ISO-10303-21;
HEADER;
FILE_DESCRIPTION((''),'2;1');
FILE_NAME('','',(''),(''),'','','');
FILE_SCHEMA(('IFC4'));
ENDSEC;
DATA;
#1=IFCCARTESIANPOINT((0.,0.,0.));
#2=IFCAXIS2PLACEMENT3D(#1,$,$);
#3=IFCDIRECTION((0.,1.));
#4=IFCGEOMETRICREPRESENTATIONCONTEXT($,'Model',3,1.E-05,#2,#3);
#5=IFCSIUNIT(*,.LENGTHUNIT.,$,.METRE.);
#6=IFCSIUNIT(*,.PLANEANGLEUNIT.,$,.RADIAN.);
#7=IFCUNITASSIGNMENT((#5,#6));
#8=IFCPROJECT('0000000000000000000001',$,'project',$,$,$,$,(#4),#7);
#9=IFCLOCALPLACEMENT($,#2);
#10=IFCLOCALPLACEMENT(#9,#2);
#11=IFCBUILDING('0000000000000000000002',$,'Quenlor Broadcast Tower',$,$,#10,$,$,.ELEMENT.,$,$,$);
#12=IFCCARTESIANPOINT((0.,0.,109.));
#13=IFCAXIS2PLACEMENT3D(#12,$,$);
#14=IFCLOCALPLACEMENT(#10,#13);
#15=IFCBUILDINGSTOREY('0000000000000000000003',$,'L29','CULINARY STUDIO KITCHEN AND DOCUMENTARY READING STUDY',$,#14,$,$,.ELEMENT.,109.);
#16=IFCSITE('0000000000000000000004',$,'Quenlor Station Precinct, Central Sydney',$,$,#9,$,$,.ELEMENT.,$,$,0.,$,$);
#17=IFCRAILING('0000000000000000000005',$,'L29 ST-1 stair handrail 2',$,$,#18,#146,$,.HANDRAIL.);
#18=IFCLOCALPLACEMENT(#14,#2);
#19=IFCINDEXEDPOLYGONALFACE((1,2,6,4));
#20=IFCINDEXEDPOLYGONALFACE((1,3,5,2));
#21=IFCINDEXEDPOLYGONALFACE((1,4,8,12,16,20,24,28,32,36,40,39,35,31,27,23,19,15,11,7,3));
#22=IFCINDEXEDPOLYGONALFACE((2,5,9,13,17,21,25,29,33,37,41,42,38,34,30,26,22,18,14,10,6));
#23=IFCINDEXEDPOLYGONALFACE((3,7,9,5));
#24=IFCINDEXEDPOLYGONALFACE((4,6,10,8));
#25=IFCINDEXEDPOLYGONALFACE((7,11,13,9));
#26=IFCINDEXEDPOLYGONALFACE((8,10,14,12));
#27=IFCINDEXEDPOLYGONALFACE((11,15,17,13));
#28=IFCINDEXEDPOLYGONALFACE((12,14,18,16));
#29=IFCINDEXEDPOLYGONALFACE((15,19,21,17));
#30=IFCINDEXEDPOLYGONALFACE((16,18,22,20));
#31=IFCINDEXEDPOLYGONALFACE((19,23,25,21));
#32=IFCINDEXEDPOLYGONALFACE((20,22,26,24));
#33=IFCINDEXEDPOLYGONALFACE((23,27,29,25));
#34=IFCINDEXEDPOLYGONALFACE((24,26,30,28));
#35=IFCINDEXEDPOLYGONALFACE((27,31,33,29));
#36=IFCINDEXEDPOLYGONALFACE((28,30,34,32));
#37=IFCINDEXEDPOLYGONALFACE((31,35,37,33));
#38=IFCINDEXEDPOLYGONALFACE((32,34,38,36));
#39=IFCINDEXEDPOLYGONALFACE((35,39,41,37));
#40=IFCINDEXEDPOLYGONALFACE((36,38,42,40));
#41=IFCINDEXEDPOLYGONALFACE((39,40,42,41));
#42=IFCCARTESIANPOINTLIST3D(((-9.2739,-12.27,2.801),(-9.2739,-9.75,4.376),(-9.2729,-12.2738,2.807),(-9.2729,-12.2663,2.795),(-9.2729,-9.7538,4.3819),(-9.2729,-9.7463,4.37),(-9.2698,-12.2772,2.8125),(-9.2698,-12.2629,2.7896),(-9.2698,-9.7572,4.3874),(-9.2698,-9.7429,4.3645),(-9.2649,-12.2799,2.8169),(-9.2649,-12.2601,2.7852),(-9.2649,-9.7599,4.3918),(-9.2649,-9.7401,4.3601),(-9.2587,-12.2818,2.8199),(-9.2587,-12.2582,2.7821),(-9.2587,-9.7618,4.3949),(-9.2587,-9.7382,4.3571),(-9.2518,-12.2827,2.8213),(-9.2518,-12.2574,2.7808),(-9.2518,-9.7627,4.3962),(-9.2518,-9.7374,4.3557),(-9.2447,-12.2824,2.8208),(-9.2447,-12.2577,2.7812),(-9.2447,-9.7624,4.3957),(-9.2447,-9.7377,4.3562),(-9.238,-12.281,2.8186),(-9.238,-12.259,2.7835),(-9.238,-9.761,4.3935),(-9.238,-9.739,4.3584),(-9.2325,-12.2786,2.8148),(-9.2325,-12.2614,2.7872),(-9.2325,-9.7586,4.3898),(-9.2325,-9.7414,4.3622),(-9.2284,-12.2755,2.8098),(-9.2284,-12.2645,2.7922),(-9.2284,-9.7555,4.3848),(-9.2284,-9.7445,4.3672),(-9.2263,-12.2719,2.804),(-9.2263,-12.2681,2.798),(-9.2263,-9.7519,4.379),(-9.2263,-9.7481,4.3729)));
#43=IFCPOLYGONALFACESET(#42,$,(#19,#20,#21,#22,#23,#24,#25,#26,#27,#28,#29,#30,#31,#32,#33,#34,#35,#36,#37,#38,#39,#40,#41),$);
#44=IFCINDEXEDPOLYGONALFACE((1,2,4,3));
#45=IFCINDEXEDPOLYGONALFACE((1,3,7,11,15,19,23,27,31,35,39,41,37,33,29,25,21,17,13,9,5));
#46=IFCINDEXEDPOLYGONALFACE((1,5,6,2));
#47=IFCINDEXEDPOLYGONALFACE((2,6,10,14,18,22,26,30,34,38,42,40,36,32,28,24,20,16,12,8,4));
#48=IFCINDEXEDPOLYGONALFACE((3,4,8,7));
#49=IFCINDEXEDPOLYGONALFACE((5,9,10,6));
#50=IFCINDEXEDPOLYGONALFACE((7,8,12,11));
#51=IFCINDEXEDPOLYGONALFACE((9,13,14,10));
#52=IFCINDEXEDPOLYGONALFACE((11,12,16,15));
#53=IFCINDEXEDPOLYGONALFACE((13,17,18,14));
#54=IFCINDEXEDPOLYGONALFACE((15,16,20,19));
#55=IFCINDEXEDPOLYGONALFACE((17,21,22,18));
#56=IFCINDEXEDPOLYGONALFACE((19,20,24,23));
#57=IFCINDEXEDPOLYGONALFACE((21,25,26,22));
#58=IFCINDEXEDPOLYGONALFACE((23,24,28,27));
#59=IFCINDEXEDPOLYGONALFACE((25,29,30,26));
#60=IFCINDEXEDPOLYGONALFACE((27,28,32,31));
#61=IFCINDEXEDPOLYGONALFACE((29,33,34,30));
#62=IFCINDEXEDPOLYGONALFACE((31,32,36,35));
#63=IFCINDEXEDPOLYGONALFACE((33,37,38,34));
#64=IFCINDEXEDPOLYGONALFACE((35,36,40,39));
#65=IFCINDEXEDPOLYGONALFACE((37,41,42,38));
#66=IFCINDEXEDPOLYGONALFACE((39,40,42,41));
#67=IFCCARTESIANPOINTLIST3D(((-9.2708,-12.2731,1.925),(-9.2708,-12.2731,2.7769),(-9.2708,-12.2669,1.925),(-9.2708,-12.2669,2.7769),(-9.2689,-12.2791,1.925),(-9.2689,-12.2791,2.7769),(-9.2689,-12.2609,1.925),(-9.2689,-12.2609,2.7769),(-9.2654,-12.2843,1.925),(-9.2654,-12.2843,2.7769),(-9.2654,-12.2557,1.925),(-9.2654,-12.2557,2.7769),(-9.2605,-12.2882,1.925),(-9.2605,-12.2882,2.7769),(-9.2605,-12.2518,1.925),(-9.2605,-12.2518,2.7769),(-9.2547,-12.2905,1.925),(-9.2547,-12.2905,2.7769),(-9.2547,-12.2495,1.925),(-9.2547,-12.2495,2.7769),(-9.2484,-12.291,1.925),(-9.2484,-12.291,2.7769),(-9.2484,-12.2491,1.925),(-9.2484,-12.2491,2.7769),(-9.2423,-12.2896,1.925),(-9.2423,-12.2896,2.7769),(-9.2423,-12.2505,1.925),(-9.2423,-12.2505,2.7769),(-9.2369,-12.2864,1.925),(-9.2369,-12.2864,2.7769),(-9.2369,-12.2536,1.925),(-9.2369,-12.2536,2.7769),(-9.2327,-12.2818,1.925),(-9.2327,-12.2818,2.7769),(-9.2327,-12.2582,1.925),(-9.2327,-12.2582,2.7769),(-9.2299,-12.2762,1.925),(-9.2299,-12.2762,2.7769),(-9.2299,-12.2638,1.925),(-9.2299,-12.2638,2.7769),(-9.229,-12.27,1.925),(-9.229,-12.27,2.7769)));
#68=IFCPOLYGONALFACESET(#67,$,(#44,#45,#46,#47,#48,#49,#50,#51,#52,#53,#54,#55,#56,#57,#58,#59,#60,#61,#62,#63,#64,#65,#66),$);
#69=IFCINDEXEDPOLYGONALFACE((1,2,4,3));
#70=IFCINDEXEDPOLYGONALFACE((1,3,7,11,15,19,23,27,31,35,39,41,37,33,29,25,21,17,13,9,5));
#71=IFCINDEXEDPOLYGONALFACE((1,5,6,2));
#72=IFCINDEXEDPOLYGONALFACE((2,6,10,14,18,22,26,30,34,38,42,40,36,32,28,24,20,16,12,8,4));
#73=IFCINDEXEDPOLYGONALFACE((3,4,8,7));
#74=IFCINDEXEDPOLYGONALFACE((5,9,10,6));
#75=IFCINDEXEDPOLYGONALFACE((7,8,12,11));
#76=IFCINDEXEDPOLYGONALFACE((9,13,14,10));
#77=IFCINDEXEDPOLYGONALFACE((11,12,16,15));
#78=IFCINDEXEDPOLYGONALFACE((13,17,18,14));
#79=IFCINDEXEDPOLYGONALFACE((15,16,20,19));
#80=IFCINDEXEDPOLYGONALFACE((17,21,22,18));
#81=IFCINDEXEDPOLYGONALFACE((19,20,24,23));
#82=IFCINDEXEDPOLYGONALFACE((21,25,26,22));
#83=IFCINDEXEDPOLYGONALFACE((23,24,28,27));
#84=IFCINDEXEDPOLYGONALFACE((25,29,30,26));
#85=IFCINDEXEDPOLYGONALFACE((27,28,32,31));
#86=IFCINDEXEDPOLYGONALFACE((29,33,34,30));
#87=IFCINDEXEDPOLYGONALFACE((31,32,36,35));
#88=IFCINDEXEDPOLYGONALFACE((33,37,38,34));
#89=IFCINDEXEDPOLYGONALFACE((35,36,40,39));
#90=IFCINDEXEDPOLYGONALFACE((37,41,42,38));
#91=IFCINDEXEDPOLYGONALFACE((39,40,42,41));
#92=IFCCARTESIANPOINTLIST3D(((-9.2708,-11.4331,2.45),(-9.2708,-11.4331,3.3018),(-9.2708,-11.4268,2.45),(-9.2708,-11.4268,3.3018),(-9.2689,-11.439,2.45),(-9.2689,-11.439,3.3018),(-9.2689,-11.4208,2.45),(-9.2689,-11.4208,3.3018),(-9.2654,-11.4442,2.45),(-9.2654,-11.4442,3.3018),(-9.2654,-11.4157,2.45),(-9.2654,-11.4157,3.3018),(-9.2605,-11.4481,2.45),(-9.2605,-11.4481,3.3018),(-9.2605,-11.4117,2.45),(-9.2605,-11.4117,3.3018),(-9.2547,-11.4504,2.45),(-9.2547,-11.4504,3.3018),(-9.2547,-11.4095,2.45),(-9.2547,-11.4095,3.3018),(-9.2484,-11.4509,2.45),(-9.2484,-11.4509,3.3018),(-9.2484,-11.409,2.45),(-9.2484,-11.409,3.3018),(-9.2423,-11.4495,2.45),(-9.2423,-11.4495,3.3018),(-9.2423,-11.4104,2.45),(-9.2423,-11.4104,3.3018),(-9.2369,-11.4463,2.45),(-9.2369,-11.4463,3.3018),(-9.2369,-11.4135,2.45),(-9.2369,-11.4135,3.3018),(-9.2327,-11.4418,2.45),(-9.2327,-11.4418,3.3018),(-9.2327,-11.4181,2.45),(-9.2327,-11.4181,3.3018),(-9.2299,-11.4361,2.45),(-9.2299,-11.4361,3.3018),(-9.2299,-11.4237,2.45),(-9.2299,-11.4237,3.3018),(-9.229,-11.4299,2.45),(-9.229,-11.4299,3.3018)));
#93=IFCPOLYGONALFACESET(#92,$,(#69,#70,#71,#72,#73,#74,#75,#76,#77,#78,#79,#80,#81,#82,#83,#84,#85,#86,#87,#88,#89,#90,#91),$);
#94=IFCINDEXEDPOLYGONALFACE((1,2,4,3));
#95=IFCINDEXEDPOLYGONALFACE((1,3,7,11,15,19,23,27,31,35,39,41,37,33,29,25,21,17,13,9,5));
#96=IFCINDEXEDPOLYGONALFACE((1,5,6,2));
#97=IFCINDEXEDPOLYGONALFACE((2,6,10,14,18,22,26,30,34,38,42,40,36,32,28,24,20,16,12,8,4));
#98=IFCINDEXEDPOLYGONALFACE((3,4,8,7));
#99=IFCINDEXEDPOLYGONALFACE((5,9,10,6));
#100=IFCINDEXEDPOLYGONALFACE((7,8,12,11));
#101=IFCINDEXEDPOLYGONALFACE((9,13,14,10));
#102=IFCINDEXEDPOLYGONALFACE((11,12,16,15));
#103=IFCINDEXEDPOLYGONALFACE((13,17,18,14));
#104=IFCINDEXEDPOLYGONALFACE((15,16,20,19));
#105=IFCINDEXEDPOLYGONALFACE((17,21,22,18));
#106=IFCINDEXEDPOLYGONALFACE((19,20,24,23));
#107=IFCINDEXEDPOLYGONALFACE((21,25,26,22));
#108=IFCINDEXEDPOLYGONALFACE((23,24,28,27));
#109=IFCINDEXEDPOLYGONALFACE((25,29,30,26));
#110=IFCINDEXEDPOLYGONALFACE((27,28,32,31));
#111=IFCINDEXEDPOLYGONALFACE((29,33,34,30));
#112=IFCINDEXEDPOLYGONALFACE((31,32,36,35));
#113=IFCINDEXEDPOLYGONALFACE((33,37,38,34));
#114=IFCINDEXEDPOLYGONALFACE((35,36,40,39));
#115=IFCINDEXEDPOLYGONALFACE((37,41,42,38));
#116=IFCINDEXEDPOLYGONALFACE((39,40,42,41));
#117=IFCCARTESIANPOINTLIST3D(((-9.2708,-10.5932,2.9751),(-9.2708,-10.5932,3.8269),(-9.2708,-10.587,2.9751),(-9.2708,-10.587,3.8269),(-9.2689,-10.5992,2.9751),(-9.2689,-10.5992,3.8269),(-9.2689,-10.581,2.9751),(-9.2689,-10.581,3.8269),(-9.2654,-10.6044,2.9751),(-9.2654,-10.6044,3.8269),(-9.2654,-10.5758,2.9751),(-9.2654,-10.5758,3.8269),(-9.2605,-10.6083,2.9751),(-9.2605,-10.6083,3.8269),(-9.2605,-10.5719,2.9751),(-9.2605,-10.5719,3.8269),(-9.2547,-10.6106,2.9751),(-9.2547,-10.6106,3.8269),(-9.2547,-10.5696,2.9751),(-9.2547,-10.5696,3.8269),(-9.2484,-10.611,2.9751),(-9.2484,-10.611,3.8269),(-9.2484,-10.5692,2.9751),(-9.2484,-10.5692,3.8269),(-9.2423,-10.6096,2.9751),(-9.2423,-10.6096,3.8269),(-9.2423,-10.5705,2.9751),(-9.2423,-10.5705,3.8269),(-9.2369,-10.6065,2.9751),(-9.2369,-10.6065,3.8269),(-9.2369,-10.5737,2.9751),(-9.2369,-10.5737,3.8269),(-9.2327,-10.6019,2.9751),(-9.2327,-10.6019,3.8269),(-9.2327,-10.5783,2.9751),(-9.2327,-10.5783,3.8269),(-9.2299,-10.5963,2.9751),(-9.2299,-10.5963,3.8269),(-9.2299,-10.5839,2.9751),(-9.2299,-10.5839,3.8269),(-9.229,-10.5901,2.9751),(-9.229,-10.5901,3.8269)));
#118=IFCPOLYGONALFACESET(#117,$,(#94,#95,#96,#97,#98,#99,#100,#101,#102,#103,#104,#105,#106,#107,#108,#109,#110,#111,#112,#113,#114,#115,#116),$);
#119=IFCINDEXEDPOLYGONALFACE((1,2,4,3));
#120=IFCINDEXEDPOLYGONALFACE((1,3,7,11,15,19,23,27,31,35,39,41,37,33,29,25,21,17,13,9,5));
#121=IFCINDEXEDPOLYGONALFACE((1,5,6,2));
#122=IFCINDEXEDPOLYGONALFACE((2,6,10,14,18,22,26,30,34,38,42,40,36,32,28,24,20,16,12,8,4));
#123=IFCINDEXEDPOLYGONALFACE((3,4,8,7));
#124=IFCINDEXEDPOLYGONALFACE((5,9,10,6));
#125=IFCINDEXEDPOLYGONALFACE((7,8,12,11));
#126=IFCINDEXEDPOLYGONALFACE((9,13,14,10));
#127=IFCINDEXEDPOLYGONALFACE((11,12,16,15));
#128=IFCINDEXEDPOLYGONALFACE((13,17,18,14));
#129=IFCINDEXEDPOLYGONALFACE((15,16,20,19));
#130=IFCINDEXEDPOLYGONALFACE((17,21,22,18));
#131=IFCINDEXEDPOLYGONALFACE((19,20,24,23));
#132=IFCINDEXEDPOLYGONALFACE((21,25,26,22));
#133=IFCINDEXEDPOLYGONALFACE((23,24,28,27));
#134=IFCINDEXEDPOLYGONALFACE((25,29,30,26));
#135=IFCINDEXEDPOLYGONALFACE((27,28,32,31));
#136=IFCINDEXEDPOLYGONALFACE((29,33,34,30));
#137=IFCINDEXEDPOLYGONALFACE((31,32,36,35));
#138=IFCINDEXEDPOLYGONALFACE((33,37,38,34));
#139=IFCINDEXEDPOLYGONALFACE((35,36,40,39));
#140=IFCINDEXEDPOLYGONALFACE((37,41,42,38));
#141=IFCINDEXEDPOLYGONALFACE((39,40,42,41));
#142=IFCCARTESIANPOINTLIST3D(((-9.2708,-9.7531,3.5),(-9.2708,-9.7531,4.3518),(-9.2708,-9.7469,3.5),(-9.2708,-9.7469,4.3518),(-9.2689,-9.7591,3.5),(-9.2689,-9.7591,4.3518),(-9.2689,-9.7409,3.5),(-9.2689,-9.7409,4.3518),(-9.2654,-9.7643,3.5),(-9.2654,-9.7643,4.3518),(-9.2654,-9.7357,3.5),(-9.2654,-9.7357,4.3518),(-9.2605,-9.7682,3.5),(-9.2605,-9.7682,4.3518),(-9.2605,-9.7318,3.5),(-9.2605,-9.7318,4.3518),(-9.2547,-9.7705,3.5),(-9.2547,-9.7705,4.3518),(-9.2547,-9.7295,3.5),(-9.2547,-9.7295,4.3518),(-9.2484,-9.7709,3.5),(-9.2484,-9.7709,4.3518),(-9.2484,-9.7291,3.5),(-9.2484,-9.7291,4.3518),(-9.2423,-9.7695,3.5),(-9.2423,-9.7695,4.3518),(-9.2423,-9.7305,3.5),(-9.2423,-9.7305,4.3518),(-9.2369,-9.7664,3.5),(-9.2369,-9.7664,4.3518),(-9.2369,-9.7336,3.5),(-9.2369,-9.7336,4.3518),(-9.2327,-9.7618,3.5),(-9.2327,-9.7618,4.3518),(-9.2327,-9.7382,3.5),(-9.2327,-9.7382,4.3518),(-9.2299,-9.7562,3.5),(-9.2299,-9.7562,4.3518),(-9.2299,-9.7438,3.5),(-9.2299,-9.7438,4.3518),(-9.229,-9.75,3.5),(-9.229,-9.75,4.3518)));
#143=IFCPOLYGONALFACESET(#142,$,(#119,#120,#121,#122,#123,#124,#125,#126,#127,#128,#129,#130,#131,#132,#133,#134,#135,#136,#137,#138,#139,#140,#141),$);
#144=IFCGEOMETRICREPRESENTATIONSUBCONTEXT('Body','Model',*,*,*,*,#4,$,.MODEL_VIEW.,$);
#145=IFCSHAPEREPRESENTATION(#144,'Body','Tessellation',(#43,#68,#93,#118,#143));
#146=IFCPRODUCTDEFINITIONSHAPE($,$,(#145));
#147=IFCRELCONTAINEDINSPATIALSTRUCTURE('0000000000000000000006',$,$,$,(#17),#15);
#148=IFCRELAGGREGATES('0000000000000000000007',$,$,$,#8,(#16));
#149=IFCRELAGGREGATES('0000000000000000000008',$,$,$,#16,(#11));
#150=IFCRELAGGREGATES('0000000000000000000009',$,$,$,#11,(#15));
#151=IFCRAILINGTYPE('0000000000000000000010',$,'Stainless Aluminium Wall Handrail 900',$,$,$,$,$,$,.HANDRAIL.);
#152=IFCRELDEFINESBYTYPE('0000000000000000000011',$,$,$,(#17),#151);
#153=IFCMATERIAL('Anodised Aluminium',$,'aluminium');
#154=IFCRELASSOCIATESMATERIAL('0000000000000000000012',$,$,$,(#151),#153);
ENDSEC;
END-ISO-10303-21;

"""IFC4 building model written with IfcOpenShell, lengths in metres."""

from ifc_helpers import new_model, si_unit, direction, frame, origin, origin_2d, place, context, subcontext, project, spatial, circle, extrude, material, type_object, element, save


model = new_model("IFC4")

# Units and contexts
model_context = context("Model", 3, precision=1e-05, world=origin(), true_north=direction((0.0, 1.0)))
body_context = subcontext(model_context, "Body", "Model", "MODEL_VIEW")
ifc_project = project(units=[si_unit("LENGTHUNIT", "METRE"), si_unit("PLANEANGLEUNIT", "RADIAN")], contexts=[model_context])

# Site, building, storey
site_placement = place(None, origin())
site = spatial("IfcSite", under=ifc_project, at=site_placement, Name="Quenlor Station Precinct, Central Sydney", CompositionType="ELEMENT", RefElevation=0.0)
building_placement = place(site_placement, origin())
building = spatial("IfcBuilding", under=site, at=building_placement, Name="Quenlor Broadcast Tower", CompositionType="ELEMENT")
storey_placement = place(building_placement, frame((0.0, 0.0, 109.0)))
storey = spatial("IfcBuildingStorey", under=building, at=storey_placement, Name="L29", Description="CULINARY STUDIO KITCHEN AND DOCUMENTARY READING STUDY", CompositionType="ELEMENT", Elevation=109.0)

# Railing
ifc_material_1 = material(Name="Anodised Aluminium", Category="aluminium")
railing_type_1 = type_object("IfcRailingType", Name="Stainless Aluminium Wall Handrail 900", PredefinedType="HANDRAIL", material=ifc_material_1)
railing_1_placement = place(storey_placement, frame((-9.25, -12.27, 1.925)))
element("IfcRailing", 1, at=railing_1_placement, inside=storey, type_object=railing_type_1, Name="L29 ST-1 stair handrail 2", PredefinedType="HANDRAIL", context=body_context, shape_type="SweptSolid", body=[
    extrude(circle(Radius=0.0239, at=origin_2d()), frame((0.0, 0.0, 0.876), z_axis=(0.0, 0.848008, 0.529984), x_axis=(-1.0, 0.0, 0.0)), (0.0, 0.0, 1.0), 2.9717),
    extrude(circle(Radius=0.021, at=origin_2d()), origin(), (0.0, 0.0, 1.0), 0.8518),
    extrude(circle(Radius=0.021, at=origin_2d()), frame((0.0, 0.8401, 0.5249)), (0.0, 0.0, 1.0), 0.8518),
    extrude(circle(Radius=0.021, at=origin_2d()), frame((0.0, 1.6799, 1.05)), (0.0, 0.0, 1.0), 0.8518),
    extrude(circle(Radius=0.021, at=origin_2d()), frame((0.0, 2.52, 1.575)), (0.0, 0.0, 1.0), 0.8518),
])

save(model, "model.ifc")
